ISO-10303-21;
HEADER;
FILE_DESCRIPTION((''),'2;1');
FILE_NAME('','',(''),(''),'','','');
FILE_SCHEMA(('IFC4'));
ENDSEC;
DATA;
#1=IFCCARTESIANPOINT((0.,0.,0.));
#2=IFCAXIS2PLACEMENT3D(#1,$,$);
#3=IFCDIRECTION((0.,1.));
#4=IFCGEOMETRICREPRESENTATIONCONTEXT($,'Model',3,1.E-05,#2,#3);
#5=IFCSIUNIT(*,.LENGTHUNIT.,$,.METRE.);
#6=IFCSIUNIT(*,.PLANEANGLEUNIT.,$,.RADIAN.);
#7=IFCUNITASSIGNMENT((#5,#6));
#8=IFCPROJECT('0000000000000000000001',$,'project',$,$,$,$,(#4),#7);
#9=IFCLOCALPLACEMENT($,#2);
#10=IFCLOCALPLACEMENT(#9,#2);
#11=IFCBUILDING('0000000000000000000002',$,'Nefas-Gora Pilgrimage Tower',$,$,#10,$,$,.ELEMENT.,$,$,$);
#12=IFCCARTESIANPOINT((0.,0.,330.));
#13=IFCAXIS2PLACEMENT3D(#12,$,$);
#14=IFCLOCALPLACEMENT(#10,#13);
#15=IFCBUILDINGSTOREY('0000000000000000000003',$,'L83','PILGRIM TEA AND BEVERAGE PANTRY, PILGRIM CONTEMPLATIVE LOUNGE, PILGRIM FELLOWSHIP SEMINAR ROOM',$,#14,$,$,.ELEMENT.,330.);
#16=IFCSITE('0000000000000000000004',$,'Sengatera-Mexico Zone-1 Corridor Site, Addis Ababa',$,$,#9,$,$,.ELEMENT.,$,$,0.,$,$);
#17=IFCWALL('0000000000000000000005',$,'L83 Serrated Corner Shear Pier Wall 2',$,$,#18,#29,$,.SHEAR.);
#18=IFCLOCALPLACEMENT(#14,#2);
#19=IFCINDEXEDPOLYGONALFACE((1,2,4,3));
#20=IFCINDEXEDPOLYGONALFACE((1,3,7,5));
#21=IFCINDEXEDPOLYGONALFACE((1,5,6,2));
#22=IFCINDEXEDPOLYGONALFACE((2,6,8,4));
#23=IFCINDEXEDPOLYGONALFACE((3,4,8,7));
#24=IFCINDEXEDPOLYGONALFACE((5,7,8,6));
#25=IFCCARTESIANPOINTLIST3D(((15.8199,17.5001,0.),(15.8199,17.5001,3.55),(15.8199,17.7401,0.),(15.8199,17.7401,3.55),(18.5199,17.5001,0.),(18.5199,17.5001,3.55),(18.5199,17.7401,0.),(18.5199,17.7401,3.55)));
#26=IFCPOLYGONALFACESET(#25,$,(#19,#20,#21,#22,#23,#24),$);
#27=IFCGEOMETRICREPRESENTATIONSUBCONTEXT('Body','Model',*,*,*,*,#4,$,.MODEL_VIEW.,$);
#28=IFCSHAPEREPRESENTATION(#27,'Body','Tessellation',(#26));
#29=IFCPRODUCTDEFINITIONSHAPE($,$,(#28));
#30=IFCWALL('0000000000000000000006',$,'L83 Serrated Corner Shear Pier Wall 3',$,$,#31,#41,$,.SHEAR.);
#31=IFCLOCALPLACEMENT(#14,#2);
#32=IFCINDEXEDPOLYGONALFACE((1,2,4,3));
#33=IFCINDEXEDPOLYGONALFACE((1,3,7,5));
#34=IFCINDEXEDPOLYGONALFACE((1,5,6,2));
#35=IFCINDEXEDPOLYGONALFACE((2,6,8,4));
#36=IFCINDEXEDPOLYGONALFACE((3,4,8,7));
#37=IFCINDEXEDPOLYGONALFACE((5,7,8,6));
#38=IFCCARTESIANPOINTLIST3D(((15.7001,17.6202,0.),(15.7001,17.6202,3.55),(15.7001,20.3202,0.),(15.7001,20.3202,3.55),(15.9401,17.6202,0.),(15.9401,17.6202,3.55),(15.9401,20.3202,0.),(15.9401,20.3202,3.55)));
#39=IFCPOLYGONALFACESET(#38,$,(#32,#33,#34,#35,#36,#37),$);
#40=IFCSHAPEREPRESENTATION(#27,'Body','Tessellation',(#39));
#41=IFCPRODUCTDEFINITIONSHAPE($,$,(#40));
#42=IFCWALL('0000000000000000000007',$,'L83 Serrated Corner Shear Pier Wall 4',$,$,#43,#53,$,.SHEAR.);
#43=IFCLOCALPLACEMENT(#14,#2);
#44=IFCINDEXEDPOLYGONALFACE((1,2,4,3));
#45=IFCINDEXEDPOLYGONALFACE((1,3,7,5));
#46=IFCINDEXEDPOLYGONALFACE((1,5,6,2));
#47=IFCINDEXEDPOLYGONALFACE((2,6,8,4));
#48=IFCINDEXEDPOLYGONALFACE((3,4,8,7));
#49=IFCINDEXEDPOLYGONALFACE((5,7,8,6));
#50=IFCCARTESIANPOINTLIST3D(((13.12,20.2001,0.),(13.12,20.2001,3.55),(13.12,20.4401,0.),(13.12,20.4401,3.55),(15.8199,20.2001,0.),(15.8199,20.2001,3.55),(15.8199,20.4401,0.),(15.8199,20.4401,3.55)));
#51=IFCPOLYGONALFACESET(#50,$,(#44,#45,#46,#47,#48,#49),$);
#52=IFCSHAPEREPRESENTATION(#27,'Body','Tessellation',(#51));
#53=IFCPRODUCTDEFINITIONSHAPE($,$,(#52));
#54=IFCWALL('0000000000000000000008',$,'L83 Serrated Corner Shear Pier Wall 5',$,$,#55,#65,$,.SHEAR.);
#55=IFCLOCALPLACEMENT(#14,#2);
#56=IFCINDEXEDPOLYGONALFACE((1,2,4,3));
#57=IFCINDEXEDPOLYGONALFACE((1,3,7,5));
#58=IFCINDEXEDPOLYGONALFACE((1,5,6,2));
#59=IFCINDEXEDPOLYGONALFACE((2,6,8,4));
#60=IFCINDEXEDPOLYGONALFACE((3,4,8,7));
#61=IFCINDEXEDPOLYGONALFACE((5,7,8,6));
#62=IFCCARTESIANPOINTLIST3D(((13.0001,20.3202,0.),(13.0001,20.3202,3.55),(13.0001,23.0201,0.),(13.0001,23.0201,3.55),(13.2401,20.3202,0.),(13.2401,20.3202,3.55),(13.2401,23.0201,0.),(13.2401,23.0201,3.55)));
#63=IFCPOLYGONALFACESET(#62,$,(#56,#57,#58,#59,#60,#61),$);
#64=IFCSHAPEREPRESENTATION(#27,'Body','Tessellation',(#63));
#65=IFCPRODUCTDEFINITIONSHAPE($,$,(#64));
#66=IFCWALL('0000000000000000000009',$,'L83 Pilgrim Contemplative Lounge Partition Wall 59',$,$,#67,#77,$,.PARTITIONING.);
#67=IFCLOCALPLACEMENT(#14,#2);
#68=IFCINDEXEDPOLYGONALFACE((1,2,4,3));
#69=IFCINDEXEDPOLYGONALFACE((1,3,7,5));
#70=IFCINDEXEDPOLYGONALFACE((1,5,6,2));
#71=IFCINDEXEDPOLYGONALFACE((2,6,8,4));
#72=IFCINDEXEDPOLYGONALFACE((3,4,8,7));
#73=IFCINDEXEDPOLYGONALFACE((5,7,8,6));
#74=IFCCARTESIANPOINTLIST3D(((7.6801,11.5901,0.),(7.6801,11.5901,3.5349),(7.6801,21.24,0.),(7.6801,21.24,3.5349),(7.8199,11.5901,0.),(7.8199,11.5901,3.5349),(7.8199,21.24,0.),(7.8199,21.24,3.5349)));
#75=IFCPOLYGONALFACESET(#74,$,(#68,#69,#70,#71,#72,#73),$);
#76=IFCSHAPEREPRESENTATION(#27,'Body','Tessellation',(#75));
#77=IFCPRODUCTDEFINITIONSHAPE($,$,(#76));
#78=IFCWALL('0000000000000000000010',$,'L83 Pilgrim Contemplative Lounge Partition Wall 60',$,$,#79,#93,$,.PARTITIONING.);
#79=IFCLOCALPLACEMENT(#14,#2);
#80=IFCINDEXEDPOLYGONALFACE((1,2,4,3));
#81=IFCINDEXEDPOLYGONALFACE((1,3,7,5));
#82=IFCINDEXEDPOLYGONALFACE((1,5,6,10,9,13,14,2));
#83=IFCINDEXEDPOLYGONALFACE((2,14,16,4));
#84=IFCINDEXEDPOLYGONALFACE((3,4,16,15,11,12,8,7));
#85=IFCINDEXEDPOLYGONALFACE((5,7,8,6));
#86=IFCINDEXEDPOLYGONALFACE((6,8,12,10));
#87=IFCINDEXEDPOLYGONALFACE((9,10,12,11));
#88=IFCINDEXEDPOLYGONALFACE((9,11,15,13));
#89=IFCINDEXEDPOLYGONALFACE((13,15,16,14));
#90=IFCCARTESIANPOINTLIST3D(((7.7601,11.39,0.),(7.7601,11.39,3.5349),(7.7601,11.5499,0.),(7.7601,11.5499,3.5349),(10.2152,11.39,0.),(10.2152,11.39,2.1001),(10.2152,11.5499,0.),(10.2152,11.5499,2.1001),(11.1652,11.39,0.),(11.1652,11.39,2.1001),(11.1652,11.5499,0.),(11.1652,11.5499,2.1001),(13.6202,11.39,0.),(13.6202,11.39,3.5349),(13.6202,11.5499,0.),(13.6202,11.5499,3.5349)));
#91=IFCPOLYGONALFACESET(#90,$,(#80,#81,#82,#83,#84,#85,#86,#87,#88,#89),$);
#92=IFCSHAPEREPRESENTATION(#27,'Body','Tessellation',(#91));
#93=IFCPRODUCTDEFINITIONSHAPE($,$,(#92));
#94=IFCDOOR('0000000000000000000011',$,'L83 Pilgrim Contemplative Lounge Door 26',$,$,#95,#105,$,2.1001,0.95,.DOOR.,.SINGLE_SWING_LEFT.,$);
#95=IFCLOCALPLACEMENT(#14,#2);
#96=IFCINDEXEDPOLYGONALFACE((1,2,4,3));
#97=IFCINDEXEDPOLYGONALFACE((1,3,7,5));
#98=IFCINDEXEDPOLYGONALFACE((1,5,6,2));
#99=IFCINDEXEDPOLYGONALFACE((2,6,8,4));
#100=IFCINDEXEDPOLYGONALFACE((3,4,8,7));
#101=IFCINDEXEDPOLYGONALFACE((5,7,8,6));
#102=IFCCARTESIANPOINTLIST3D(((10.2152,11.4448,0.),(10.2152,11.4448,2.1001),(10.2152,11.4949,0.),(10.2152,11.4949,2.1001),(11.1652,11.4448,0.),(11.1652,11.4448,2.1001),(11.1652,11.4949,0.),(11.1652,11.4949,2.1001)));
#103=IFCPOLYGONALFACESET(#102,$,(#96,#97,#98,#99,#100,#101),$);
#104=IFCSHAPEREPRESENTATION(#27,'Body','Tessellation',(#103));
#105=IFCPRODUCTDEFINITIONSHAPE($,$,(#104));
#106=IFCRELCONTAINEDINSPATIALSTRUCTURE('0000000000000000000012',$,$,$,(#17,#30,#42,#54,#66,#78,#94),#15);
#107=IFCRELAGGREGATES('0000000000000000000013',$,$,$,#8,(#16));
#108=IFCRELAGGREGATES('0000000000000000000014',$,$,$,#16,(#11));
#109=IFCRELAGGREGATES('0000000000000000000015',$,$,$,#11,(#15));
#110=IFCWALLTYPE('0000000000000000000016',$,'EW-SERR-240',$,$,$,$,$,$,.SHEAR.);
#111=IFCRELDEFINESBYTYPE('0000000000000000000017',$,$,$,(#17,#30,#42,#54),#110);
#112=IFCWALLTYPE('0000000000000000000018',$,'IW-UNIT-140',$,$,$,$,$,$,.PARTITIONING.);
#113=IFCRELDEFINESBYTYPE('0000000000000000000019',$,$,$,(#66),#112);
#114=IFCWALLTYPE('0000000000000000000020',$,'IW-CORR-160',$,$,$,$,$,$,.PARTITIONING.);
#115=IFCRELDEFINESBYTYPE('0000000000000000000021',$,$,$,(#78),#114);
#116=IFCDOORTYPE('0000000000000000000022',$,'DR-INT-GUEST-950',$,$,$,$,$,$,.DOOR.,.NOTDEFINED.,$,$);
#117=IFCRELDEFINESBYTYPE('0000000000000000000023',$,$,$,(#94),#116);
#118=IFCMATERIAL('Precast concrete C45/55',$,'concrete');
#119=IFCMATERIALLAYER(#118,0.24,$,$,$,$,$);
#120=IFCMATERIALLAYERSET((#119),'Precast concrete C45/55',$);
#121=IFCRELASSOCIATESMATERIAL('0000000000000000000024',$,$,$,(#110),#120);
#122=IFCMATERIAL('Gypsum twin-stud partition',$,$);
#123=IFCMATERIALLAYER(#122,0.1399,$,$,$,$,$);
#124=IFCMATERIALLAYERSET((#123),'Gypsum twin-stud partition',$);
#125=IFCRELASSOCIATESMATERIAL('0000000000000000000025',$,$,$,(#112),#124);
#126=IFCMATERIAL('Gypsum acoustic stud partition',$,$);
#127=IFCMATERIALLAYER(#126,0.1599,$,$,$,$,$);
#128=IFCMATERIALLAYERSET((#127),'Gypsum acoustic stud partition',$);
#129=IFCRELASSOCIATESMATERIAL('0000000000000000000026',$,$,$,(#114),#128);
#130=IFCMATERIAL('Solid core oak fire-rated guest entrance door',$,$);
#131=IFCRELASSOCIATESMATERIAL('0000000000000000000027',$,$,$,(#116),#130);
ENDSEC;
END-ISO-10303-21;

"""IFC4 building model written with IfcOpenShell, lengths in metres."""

from ifc_helpers import new_model, si_unit, direction, frame, frame_2d, origin, place, context, subcontext, project, spatial, rectangle, extrude, source, transform, mapped, material, layer, layer_set, type_object, element, fill, save


model = new_model("IFC4")

# Units and contexts
model_context = context("Model", 3, precision=1e-05, world=origin(), true_north=direction((0.0, 1.0)))
body_context = subcontext(model_context, "Body", "Model", "MODEL_VIEW")
ifc_project = project(units=[si_unit("LENGTHUNIT", "METRE"), si_unit("PLANEANGLEUNIT", "RADIAN")], contexts=[model_context])

# Site, building, storey
site_placement = place(None, origin())
site = spatial("IfcSite", under=ifc_project, at=site_placement, Name="Sengatera-Mexico Zone-1 Corridor Site, Addis Ababa", CompositionType="ELEMENT", RefElevation=0.0)
building_placement = place(site_placement, origin())
building = spatial("IfcBuilding", under=site, at=building_placement, Name="Nefas-Gora Pilgrimage Tower", CompositionType="ELEMENT")
storey_placement = place(building_placement, frame((0.0, 0.0, 330.0)))
storey = spatial("IfcBuildingStorey", under=building, at=storey_placement, Name="L83", Description="PILGRIM TEA AND BEVERAGE PANTRY, PILGRIM CONTEMPLATIVE LOUNGE, PILGRIM FELLOWSHIP SEMINAR ROOM", CompositionType="ELEMENT", Elevation=330.0)

# Walls
ifc_material_1 = material(Name="Precast concrete C45/55", Category="concrete")
ifc_layer_1 = layer(ifc_material_1, 0.24)
ifc_layer_set_1 = layer_set([ifc_layer_1], Name="Precast concrete C45/55")
wall_type_1 = type_object("IfcWallType", Name="EW-SERR-240", PredefinedType="SHEAR", material=ifc_layer_set_1)
shared_shape_1 = source(origin(), body_context, "Body", "SweptSolid", [
    extrude(rectangle(XDim=2.7, YDim=0.24, at=frame_2d((1.3501, 0.0))), origin(), (0.0, 0.0, 1.0), 3.55),
])
for number, where, z_axis, x_axis, name in (
    (1, (18.52, 17.6201, 0.0), (0.0, 0.0, 1.0), (-1.0, 0.0, 0.0), "L83 Serrated Corner Shear Pier Wall 2"),
    (2, (15.8201, 17.6201, 0.0), (0.0, 0.0, 1.0), (0.0, 1.0, 0.0), "L83 Serrated Corner Shear Pier Wall 3"),
    (3, (15.8201, 20.3201, 0.0), (0.0, 0.0, 1.0), (-1.0, 0.0, 0.0), "L83 Serrated Corner Shear Pier Wall 4"),
    (4, (13.1201, 20.3201, 0.0), (0.0, 0.0, 1.0), (0.0, 1.0, 0.0), "L83 Serrated Corner Shear Pier Wall 5"),
):
    element("IfcWall", number, at=place(storey_placement, frame(where, z_axis=z_axis, x_axis=x_axis)), inside=storey, type_object=wall_type_1, Name=name, PredefinedType="SHEAR", context=body_context, shape_type="MappedRepresentation", body=[
        mapped(shared_shape_1, transform((0.0, 0.0, 0.0), x_axis=(1.0, 0.0, 0.0), y_axis=(0.0, 1.0, 0.0), z_axis=(0.0, 0.0, 1.0), scale=1.0)),
    ])
ifc_material_2 = material(Name="Gypsum twin-stud partition")
ifc_layer_2 = layer(ifc_material_2, 0.1399)
ifc_layer_set_2 = layer_set([ifc_layer_2], Name="Gypsum twin-stud partition")
wall_type_2 = type_object("IfcWallType", Name="IW-UNIT-140", PredefinedType="PARTITIONING", material=ifc_layer_set_2)
shared_shape_2 = source(origin(), body_context, "Body", "SweptSolid", [
    extrude(rectangle(XDim=9.6499, YDim=0.1399, at=frame_2d((4.825, 0.0))), origin(), (0.0, 0.0, 1.0), 3.5349),
])
wall_1_placement = place(storey_placement, frame((7.75, 11.5901, 0.0), z_axis=(0.0, 0.0, 1.0), x_axis=(0.0, 1.0, 0.0)))
element("IfcWall", 5, at=wall_1_placement, inside=storey, type_object=wall_type_2, Name="L83 Pilgrim Contemplative Lounge Partition Wall 59", PredefinedType="PARTITIONING", context=body_context, shape_type="MappedRepresentation", body=[
    mapped(shared_shape_2, transform((0.0, 0.0, 0.0), x_axis=(1.0, 0.0, 0.0), y_axis=(0.0, 1.0, 0.0), z_axis=(0.0, 0.0, 1.0), scale=1.0)),
])

# Wall, opening, door
ifc_material_3 = material(Name="Gypsum acoustic stud partition")
ifc_layer_3 = layer(ifc_material_3, 0.1599)
ifc_layer_set_3 = layer_set([ifc_layer_3], Name="Gypsum acoustic stud partition")
wall_type_3 = type_object("IfcWallType", Name="IW-CORR-160", PredefinedType="PARTITIONING", material=ifc_layer_set_3)
shared_shape_3 = source(origin(), body_context, "Body", "SweptSolid", [
    extrude(rectangle(XDim=5.8601, YDim=0.1599, at=frame_2d((2.9302, 0.0))), origin(), (0.0, 0.0, 1.0), 3.5349),
])
wall_2_placement = place(storey_placement, frame((7.76, 11.47, 0.0), z_axis=(0.0, 0.0, 1.0), x_axis=(1.0, 0.0, 0.0)))
wall_2 = element("IfcWall", 6, at=wall_2_placement, inside=storey, type_object=wall_type_3, Name="L83 Pilgrim Contemplative Lounge Partition Wall 60", PredefinedType="PARTITIONING", context=body_context, shape_type="MappedRepresentation", body=[
    mapped(shared_shape_3, transform((0.0, 0.0, 0.0), x_axis=(1.0, 0.0, 0.0), y_axis=(0.0, 1.0, 0.0), z_axis=(0.0, 0.0, 1.0), scale=1.0)),
])
opening_placement = place(wall_2_placement, frame((2.4551, 0.0, 0.0)))
opening = element("IfcOpeningElement", 7, at=opening_placement, cuts=wall_2, PredefinedType="OPENING", context=body_context, shape_type="SweptSolid", body=[
    extrude(rectangle(XDim=0.95, YDim=2.1001, at=frame_2d((0.4751, 1.05))), frame((0.0, 0.0898, 0.0), z_axis=(0.0, -1.0, 0.0), x_axis=(1.0, 0.0, 0.0)), (0.0, 0.0, 1.0), 0.1799),
])
ifc_material_4 = material(Name="Solid core oak fire-rated guest entrance door")
door_type = type_object("IfcDoorType", Name="DR-INT-GUEST-950", OperationType="NOTDEFINED", PredefinedType="DOOR", material=ifc_material_4)
shared_shape_4 = source(origin(), body_context, "Body", "SweptSolid", [
    extrude(rectangle(XDim=0.95, YDim=2.1001, at=frame_2d((0.4751, 1.05))), frame((0.0, 0.0249, 0.0), z_axis=(0.0, -1.0, 0.0), x_axis=(1.0, 0.0, 0.0)), (0.0, 0.0, 1.0), 0.05),
])
door_placement = place(opening_placement, origin())
door = element("IfcDoor", 8, at=door_placement, inside=storey, type_object=door_type, Name="L83 Pilgrim Contemplative Lounge Door 26", OperationType="SINGLE_SWING_LEFT", OverallHeight=2.1001, OverallWidth=0.95, PredefinedType="DOOR", context=body_context, shape_type="MappedRepresentation", body=[
    mapped(shared_shape_4, transform((0.0, 0.0, 0.0), x_axis=(1.0, 0.0, 0.0), y_axis=(0.0, 1.0, 0.0), z_axis=(0.0, 0.0, 1.0), scale=1.0)),
])
fill(opening, door)

save(model, "model.ifc")
